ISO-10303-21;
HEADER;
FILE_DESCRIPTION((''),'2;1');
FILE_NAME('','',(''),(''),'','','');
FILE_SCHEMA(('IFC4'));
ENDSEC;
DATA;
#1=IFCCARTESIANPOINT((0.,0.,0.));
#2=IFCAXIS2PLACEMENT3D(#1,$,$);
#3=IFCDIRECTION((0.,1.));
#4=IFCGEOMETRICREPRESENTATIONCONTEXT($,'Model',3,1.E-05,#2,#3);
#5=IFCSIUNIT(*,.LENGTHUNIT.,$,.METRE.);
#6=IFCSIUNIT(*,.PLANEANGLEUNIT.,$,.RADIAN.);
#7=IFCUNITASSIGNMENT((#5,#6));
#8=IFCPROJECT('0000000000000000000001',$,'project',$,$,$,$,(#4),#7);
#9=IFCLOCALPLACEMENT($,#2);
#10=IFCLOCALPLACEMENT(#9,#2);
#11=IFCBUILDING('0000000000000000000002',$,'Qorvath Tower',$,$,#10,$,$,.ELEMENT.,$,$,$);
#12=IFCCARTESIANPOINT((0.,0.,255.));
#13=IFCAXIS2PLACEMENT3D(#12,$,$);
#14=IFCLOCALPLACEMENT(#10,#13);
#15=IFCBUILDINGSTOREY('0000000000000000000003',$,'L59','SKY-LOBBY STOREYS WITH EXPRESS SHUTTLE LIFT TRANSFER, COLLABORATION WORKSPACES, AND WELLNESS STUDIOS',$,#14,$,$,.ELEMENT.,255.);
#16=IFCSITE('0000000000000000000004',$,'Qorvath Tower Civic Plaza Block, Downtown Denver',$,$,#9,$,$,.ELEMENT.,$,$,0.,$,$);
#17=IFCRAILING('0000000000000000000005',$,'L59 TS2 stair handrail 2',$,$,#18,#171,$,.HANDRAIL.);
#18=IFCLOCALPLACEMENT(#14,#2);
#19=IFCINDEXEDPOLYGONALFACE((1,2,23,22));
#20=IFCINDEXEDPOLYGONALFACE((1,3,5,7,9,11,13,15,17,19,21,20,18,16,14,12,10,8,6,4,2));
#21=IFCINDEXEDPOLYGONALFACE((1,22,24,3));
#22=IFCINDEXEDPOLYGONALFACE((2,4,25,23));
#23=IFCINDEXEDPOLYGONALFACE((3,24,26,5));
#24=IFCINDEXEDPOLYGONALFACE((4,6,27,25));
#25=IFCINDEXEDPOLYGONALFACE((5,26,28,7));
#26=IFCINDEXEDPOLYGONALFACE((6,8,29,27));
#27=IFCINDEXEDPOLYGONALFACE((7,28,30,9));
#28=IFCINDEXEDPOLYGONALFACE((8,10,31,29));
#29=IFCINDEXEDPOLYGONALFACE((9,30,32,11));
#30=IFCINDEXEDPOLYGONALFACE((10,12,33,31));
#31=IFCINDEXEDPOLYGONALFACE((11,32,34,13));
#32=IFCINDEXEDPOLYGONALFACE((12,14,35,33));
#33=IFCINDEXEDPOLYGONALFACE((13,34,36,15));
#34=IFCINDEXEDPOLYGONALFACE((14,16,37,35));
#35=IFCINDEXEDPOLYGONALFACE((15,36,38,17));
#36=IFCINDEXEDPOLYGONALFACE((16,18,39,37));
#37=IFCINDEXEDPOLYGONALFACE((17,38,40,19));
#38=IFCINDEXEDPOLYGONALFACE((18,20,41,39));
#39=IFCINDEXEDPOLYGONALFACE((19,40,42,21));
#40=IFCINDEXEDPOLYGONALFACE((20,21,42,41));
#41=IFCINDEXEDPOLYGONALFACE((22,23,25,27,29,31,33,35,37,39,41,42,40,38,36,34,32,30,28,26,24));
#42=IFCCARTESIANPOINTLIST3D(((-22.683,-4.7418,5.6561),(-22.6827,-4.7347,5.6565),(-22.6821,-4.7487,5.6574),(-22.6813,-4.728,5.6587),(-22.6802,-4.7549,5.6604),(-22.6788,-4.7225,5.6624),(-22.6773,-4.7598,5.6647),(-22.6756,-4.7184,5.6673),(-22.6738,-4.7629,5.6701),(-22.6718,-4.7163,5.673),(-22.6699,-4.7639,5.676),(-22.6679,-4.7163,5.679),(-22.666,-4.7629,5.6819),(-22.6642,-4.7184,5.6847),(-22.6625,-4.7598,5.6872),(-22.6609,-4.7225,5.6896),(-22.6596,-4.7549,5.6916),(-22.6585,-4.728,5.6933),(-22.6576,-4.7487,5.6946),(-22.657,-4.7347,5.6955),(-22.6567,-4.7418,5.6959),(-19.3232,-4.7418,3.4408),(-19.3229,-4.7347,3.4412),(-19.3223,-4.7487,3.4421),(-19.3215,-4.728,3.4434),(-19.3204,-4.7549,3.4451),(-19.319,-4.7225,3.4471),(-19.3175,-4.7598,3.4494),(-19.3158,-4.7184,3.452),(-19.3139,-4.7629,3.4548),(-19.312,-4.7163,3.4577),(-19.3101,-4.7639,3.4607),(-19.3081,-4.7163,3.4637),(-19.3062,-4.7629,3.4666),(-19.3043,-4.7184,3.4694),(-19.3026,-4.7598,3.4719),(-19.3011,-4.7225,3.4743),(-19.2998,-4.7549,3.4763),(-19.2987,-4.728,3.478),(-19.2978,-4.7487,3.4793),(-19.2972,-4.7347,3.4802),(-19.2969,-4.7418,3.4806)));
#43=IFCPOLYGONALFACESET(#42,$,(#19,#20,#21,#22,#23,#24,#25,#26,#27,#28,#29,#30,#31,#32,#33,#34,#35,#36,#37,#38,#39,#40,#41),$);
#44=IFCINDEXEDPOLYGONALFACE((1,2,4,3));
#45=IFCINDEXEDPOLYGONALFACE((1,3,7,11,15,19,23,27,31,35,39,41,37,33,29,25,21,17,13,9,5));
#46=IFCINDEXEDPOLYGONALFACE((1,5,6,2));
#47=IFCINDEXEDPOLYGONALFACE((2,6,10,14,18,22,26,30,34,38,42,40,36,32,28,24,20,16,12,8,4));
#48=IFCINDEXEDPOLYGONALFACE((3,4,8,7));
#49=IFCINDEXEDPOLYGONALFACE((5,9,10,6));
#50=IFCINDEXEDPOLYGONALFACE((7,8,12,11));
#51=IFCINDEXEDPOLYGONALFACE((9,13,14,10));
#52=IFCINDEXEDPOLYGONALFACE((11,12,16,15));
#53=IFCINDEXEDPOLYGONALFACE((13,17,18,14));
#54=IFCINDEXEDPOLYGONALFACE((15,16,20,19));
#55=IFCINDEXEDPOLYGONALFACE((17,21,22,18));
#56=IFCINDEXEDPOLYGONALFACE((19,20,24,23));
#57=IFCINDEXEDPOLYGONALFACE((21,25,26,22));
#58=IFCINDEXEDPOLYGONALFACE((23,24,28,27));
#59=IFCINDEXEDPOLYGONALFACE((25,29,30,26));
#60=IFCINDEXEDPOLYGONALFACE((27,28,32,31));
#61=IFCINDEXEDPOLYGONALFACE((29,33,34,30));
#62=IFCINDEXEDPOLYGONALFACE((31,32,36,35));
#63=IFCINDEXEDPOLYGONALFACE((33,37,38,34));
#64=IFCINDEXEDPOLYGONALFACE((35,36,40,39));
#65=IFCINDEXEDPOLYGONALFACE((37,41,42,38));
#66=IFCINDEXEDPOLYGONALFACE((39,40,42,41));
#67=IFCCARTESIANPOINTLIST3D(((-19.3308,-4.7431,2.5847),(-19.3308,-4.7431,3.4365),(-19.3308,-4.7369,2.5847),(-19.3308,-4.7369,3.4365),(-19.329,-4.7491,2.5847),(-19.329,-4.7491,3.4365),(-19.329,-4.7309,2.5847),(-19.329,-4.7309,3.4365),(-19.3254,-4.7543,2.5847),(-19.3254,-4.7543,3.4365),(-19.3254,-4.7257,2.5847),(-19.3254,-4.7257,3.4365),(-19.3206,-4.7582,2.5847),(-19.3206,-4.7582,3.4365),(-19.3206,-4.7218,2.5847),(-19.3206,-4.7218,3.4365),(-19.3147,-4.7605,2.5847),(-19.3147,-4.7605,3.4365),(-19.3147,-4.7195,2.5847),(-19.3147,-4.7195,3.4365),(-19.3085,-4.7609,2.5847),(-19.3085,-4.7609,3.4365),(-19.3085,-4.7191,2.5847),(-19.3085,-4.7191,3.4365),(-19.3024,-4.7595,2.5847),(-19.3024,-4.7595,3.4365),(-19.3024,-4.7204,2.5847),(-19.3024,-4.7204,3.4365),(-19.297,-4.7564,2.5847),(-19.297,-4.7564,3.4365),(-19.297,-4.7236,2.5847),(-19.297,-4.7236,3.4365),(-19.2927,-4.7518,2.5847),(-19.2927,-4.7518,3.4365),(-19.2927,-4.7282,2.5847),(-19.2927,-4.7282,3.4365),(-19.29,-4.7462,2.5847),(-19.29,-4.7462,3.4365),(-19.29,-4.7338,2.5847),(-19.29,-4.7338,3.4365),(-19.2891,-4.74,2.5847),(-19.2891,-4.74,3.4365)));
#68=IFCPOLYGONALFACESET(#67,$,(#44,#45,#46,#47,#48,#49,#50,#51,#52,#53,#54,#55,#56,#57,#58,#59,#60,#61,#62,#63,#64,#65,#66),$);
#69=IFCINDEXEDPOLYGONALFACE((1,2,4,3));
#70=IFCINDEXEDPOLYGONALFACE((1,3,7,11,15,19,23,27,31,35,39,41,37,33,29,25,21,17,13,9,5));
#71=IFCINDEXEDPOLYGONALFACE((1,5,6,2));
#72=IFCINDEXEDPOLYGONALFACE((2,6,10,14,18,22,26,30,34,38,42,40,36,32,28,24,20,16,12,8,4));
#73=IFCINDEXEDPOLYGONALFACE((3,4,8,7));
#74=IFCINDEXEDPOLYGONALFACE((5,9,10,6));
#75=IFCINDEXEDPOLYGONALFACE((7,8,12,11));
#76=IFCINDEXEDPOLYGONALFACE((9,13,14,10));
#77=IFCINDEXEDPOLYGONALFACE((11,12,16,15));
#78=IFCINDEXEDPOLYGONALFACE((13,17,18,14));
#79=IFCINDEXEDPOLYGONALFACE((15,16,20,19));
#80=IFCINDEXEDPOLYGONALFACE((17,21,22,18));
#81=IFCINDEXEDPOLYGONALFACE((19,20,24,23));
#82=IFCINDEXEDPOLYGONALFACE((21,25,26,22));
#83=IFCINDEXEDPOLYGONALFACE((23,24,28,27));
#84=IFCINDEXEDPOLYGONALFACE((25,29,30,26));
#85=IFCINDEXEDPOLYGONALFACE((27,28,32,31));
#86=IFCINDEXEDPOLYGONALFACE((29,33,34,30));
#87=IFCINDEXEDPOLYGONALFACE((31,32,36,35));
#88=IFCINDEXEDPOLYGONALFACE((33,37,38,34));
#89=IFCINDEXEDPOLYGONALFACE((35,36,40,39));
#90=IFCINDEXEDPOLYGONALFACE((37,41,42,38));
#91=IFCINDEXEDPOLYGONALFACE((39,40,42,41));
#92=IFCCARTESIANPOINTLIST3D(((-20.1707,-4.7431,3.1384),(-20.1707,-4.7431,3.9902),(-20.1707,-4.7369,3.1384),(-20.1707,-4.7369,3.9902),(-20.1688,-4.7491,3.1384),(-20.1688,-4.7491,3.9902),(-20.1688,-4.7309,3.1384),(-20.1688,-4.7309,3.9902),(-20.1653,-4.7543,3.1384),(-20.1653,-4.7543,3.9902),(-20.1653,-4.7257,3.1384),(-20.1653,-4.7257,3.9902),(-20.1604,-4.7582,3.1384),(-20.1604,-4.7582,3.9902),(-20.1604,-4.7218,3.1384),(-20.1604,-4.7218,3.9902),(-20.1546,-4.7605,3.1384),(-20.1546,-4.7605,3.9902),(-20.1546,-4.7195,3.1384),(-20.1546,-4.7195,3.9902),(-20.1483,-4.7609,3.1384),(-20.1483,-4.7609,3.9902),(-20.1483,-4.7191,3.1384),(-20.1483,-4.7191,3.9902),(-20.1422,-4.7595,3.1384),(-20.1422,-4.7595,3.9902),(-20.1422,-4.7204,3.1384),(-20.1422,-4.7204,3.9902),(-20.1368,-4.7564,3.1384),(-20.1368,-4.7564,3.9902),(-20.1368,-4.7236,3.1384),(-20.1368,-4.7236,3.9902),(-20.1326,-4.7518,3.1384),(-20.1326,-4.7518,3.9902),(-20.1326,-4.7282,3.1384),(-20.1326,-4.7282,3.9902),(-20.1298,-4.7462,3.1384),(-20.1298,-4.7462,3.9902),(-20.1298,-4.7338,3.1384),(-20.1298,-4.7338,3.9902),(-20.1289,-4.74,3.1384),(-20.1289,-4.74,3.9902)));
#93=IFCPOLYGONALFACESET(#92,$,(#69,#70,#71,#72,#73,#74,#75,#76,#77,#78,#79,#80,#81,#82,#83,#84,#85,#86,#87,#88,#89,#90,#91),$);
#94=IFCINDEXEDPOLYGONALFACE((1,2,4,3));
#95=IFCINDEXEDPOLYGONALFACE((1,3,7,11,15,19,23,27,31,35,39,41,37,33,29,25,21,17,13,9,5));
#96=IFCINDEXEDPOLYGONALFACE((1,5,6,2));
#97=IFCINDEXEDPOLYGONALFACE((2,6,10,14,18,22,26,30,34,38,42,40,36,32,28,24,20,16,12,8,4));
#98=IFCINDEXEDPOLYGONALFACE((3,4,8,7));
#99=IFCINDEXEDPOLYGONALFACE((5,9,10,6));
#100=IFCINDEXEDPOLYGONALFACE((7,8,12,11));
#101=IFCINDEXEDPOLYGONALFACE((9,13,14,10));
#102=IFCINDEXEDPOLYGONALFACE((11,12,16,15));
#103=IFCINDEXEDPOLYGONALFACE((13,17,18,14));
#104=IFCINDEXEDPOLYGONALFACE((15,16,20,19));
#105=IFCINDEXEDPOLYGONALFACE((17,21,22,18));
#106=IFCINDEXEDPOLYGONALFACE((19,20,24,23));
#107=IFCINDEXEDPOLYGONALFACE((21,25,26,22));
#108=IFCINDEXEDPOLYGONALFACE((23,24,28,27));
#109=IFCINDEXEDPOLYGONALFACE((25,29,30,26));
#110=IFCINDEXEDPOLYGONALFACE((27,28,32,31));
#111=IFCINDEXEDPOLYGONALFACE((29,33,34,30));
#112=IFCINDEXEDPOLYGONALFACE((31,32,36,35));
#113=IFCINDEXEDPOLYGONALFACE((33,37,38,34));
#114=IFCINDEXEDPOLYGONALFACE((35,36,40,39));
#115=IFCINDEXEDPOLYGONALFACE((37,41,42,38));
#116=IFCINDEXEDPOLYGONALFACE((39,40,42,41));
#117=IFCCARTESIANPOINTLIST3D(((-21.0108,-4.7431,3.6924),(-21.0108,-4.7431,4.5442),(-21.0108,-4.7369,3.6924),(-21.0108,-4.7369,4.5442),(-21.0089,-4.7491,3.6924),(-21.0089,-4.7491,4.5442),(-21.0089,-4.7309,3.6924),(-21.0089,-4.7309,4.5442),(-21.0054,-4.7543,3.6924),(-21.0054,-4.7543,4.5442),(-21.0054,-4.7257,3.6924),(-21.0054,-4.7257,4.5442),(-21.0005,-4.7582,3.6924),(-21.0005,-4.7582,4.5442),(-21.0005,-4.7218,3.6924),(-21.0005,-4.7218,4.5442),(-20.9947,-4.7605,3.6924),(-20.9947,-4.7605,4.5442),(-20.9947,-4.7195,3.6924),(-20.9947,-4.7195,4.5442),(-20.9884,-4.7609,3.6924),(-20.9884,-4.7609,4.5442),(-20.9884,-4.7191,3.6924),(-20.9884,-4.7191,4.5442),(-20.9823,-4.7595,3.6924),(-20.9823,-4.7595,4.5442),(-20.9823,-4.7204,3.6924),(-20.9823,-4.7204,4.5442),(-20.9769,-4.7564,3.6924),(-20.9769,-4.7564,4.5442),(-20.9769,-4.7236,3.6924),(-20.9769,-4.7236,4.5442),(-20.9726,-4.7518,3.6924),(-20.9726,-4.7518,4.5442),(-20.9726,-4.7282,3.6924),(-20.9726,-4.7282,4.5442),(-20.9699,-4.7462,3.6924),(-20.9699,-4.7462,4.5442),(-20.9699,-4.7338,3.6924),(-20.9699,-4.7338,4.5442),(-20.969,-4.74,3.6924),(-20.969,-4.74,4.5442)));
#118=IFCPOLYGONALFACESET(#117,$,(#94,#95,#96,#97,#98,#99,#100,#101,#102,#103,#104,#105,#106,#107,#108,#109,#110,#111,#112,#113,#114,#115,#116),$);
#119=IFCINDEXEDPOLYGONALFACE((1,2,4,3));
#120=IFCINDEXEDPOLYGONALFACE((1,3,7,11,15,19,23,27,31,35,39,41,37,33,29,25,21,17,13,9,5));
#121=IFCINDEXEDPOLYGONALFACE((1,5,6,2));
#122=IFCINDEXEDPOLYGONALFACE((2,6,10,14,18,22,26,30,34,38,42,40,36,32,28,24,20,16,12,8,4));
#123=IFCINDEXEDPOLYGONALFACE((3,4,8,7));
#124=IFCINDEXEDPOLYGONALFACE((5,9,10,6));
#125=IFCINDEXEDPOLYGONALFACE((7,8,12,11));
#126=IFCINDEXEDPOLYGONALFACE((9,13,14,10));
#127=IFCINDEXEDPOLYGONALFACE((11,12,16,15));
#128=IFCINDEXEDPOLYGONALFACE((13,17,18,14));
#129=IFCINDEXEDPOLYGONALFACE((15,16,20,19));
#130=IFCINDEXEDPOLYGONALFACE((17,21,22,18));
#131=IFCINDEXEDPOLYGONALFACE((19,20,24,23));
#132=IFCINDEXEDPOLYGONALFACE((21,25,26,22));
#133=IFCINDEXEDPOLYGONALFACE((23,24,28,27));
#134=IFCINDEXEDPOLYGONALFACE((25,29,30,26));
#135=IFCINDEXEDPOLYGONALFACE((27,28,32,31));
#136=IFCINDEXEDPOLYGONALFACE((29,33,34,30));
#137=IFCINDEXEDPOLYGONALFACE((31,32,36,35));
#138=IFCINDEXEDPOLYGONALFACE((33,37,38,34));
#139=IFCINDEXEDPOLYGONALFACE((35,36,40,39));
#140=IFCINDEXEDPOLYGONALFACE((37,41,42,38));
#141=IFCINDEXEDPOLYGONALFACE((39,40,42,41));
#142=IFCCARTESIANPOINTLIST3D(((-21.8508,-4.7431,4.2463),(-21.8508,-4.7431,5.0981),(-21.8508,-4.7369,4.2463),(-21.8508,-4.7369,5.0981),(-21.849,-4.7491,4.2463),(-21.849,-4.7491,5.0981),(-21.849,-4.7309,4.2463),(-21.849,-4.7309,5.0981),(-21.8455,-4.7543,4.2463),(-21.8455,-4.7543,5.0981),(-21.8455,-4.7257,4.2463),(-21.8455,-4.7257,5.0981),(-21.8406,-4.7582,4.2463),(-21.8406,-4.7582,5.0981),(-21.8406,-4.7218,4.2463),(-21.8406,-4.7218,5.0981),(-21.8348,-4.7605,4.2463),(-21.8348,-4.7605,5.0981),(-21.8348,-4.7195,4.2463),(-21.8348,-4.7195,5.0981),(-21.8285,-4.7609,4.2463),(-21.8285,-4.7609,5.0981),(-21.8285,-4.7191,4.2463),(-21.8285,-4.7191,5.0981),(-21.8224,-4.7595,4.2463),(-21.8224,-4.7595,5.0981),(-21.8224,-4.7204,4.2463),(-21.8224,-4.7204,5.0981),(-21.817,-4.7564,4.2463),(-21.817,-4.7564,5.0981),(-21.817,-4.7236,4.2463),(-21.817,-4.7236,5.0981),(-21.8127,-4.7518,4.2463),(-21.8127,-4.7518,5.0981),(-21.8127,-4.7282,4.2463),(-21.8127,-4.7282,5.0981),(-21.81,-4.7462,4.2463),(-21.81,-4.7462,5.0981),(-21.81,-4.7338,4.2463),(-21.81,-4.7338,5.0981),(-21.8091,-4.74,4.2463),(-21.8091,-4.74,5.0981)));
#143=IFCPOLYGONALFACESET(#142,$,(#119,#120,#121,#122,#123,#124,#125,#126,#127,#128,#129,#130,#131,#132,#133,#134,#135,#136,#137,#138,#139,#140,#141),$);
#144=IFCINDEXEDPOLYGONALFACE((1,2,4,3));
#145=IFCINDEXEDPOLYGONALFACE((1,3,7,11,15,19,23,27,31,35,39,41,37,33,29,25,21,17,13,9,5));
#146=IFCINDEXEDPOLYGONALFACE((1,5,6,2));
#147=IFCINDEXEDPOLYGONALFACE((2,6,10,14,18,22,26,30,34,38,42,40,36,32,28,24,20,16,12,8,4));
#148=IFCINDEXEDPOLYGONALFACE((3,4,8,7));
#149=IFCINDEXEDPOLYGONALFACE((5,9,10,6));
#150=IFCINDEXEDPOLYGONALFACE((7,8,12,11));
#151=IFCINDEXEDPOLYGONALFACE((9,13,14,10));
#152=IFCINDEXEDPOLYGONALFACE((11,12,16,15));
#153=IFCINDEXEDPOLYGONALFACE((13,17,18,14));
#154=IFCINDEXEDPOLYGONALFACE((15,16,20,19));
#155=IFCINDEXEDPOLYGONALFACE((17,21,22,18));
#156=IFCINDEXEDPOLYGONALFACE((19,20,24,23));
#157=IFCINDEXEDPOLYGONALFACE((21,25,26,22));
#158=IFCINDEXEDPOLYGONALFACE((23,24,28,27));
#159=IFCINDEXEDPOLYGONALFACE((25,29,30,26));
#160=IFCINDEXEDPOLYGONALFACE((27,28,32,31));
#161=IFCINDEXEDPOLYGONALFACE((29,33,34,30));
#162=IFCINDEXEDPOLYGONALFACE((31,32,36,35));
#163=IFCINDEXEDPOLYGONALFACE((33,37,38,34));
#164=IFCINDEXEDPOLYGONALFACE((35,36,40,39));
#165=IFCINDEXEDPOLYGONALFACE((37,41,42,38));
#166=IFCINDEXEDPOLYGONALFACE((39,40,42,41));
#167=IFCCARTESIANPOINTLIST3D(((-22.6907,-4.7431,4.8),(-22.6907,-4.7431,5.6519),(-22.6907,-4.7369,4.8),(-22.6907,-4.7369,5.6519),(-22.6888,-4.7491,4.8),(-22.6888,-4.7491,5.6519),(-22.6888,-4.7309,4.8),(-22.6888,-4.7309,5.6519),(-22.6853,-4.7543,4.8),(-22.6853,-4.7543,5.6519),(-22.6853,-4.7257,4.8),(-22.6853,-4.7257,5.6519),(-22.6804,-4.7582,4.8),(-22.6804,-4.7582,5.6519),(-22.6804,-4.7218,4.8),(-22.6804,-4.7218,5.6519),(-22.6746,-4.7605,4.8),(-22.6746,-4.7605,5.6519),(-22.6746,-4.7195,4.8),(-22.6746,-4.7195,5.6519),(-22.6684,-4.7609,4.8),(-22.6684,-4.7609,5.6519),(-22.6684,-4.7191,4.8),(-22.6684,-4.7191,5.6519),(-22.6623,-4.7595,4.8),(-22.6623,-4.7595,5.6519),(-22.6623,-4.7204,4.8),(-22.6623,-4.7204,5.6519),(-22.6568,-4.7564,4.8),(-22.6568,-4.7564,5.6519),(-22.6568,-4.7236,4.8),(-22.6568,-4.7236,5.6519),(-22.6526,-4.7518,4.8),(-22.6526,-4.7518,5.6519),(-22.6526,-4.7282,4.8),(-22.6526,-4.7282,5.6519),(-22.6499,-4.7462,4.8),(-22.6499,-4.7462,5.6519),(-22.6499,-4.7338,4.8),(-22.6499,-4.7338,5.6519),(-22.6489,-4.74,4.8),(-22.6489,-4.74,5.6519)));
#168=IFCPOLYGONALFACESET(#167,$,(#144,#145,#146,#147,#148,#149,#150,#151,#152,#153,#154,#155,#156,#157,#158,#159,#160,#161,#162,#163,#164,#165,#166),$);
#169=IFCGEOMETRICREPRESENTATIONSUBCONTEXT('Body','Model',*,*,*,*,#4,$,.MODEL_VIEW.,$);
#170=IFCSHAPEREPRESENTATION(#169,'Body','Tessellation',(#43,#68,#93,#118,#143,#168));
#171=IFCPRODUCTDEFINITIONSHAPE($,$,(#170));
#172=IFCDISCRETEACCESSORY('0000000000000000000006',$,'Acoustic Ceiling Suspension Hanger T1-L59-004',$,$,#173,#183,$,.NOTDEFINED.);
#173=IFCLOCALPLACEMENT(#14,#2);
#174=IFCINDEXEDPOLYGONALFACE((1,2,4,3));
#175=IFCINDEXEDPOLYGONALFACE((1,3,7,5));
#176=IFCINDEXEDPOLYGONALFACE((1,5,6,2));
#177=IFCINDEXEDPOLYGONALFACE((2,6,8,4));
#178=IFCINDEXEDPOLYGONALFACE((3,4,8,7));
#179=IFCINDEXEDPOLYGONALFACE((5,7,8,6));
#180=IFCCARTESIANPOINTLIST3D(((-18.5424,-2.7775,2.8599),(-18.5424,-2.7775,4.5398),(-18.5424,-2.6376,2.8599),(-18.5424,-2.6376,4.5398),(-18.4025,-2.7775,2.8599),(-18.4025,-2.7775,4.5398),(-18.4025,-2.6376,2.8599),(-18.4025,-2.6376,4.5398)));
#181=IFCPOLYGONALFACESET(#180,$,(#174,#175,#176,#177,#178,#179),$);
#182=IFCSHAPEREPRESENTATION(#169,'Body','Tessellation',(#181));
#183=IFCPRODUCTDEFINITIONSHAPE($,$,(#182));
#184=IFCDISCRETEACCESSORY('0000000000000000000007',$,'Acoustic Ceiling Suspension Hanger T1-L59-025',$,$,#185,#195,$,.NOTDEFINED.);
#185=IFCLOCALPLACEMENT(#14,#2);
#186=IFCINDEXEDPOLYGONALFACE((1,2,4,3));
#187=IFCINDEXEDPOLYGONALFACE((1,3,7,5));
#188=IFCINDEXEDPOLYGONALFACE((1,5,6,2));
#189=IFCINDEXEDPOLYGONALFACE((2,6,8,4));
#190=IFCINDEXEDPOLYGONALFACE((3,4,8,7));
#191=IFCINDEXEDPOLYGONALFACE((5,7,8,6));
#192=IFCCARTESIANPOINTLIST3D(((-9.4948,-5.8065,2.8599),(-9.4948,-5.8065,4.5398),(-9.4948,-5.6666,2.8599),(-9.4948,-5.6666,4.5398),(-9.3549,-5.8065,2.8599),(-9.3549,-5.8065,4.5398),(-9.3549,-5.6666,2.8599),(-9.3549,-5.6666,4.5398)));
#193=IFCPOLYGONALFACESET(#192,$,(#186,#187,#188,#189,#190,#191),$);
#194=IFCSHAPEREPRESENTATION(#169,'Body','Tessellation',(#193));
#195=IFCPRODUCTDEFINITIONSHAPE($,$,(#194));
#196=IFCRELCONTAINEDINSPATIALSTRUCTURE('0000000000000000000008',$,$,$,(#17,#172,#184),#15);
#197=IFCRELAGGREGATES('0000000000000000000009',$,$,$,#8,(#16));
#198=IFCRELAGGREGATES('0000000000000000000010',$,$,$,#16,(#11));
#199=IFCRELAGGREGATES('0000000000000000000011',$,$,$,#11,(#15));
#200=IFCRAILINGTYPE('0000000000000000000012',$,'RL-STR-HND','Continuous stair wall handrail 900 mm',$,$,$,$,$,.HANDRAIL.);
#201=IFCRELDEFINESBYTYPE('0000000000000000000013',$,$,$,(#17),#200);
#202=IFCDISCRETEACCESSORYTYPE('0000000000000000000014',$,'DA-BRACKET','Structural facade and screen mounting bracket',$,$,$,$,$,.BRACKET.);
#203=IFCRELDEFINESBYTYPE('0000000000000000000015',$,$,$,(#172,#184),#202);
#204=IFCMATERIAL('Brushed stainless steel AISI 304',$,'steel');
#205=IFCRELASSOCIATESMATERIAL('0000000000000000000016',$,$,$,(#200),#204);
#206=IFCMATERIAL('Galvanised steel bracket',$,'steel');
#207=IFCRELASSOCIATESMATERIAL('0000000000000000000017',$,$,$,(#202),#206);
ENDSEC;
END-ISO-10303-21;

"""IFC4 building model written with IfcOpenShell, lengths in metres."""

from ifc_helpers import new_model, si_unit, direction, frame, origin, origin_2d, place, context, subcontext, project, spatial, rectangle, circle, extrude, material, type_object, element, save


model = new_model("IFC4")

# Units and contexts
model_context = context("Model", 3, precision=1e-05, world=origin(), true_north=direction((0.0, 1.0)))
body_context = subcontext(model_context, "Body", "Model", "MODEL_VIEW")
ifc_project = project(units=[si_unit("LENGTHUNIT", "METRE"), si_unit("PLANEANGLEUNIT", "RADIAN")], contexts=[model_context])

# Site, building, storey
site_placement = place(None, origin())
site = spatial("IfcSite", under=ifc_project, at=site_placement, Name="Qorvath Tower Civic Plaza Block, Downtown Denver", CompositionType="ELEMENT", RefElevation=0.0)
building_placement = place(site_placement, origin())
building = spatial("IfcBuilding", under=site, at=building_placement, Name="Qorvath Tower", CompositionType="ELEMENT")
storey_placement = place(building_placement, frame((0.0, 0.0, 255.0)))
storey = spatial("IfcBuildingStorey", under=building, at=storey_placement, Name="L59", Description="SKY-LOBBY STOREYS WITH EXPRESS SHUTTLE LIFT TRANSFER, COLLABORATION WORKSPACES, AND WELLNESS STUDIOS", CompositionType="ELEMENT", Elevation=255.0)

# Railing
ifc_material_1 = material(Name="Brushed stainless steel AISI 304", Category="steel")
railing_type_1 = type_object("IfcRailingType", Name="RL-STR-HND", Description="Continuous stair wall handrail 900 mm", PredefinedType="HANDRAIL", material=ifc_material_1)
railing_1_placement = place(storey_placement, frame((-19.3101, -4.74, 2.5847)))
element("IfcRailing", 1, at=railing_1_placement, inside=storey, type_object=railing_type_1, Name="L59 TS2 stair handrail 2", PredefinedType="HANDRAIL", context=body_context, shape_type="SweptSolid", body=[
    extrude(circle(Radius=0.0239, at=origin_2d()), frame((0.0, 0.0, 0.876), z_axis=(-0.834858, 0.0, 0.550465), x_axis=(0.0, -1.0, 0.0)), (0.0, 0.0, 1.0), 4.0244),
    extrude(circle(Radius=0.021, at=origin_2d()), origin(), (0.0, 0.0, 1.0), 0.8518),
    extrude(circle(Radius=0.021, at=origin_2d()), frame((-0.8398, 0.0, 0.5537)), (0.0, 0.0, 1.0), 0.8518),
    extrude(circle(Radius=0.021, at=origin_2d()), frame((-1.6799, 0.0, 1.1077)), (0.0, 0.0, 1.0), 0.8518),
    extrude(circle(Radius=0.021, at=origin_2d()), frame((-2.52, 0.0, 1.6616)), (0.0, 0.0, 1.0), 0.8518),
    extrude(circle(Radius=0.021, at=origin_2d()), frame((-3.3599, 0.0, 2.2153)), (0.0, 0.0, 1.0), 0.8518),
])

# Discrete accessories
ifc_material_2 = material(Name="Galvanised steel bracket", Category="steel")
discrete_accessory_type = type_object("IfcDiscreteAccessoryType", Name="DA-BRACKET", Description="Structural facade and screen mounting bracket", PredefinedType="BRACKET", material=ifc_material_2)
for number, where, z_axis, x_axis, name in (
    (2, (-18.4724, -2.7075, 2.8599), (0.0, 0.0, 1.0), (1.0, 0.0, 0.0), "Acoustic Ceiling Suspension Hanger T1-L59-004"),
    (3, (-9.4248, -5.7366, 2.8599), (0.0, 0.0, 1.0), (1.0, 0.0, 0.0), "Acoustic Ceiling Suspension Hanger T1-L59-025"),
):
    element("IfcDiscreteAccessory", number, at=place(storey_placement, frame(where, z_axis=z_axis, x_axis=x_axis)), inside=storey, type_object=discrete_accessory_type, Name=name, PredefinedType="NOTDEFINED", context=body_context, shape_type="SweptSolid", body=[
        extrude(rectangle(XDim=0.1399, YDim=0.1399, at=origin_2d()), origin(), (0.0, 0.0, 1.0), 1.6799),
    ])

save(model, "model.ifc")
